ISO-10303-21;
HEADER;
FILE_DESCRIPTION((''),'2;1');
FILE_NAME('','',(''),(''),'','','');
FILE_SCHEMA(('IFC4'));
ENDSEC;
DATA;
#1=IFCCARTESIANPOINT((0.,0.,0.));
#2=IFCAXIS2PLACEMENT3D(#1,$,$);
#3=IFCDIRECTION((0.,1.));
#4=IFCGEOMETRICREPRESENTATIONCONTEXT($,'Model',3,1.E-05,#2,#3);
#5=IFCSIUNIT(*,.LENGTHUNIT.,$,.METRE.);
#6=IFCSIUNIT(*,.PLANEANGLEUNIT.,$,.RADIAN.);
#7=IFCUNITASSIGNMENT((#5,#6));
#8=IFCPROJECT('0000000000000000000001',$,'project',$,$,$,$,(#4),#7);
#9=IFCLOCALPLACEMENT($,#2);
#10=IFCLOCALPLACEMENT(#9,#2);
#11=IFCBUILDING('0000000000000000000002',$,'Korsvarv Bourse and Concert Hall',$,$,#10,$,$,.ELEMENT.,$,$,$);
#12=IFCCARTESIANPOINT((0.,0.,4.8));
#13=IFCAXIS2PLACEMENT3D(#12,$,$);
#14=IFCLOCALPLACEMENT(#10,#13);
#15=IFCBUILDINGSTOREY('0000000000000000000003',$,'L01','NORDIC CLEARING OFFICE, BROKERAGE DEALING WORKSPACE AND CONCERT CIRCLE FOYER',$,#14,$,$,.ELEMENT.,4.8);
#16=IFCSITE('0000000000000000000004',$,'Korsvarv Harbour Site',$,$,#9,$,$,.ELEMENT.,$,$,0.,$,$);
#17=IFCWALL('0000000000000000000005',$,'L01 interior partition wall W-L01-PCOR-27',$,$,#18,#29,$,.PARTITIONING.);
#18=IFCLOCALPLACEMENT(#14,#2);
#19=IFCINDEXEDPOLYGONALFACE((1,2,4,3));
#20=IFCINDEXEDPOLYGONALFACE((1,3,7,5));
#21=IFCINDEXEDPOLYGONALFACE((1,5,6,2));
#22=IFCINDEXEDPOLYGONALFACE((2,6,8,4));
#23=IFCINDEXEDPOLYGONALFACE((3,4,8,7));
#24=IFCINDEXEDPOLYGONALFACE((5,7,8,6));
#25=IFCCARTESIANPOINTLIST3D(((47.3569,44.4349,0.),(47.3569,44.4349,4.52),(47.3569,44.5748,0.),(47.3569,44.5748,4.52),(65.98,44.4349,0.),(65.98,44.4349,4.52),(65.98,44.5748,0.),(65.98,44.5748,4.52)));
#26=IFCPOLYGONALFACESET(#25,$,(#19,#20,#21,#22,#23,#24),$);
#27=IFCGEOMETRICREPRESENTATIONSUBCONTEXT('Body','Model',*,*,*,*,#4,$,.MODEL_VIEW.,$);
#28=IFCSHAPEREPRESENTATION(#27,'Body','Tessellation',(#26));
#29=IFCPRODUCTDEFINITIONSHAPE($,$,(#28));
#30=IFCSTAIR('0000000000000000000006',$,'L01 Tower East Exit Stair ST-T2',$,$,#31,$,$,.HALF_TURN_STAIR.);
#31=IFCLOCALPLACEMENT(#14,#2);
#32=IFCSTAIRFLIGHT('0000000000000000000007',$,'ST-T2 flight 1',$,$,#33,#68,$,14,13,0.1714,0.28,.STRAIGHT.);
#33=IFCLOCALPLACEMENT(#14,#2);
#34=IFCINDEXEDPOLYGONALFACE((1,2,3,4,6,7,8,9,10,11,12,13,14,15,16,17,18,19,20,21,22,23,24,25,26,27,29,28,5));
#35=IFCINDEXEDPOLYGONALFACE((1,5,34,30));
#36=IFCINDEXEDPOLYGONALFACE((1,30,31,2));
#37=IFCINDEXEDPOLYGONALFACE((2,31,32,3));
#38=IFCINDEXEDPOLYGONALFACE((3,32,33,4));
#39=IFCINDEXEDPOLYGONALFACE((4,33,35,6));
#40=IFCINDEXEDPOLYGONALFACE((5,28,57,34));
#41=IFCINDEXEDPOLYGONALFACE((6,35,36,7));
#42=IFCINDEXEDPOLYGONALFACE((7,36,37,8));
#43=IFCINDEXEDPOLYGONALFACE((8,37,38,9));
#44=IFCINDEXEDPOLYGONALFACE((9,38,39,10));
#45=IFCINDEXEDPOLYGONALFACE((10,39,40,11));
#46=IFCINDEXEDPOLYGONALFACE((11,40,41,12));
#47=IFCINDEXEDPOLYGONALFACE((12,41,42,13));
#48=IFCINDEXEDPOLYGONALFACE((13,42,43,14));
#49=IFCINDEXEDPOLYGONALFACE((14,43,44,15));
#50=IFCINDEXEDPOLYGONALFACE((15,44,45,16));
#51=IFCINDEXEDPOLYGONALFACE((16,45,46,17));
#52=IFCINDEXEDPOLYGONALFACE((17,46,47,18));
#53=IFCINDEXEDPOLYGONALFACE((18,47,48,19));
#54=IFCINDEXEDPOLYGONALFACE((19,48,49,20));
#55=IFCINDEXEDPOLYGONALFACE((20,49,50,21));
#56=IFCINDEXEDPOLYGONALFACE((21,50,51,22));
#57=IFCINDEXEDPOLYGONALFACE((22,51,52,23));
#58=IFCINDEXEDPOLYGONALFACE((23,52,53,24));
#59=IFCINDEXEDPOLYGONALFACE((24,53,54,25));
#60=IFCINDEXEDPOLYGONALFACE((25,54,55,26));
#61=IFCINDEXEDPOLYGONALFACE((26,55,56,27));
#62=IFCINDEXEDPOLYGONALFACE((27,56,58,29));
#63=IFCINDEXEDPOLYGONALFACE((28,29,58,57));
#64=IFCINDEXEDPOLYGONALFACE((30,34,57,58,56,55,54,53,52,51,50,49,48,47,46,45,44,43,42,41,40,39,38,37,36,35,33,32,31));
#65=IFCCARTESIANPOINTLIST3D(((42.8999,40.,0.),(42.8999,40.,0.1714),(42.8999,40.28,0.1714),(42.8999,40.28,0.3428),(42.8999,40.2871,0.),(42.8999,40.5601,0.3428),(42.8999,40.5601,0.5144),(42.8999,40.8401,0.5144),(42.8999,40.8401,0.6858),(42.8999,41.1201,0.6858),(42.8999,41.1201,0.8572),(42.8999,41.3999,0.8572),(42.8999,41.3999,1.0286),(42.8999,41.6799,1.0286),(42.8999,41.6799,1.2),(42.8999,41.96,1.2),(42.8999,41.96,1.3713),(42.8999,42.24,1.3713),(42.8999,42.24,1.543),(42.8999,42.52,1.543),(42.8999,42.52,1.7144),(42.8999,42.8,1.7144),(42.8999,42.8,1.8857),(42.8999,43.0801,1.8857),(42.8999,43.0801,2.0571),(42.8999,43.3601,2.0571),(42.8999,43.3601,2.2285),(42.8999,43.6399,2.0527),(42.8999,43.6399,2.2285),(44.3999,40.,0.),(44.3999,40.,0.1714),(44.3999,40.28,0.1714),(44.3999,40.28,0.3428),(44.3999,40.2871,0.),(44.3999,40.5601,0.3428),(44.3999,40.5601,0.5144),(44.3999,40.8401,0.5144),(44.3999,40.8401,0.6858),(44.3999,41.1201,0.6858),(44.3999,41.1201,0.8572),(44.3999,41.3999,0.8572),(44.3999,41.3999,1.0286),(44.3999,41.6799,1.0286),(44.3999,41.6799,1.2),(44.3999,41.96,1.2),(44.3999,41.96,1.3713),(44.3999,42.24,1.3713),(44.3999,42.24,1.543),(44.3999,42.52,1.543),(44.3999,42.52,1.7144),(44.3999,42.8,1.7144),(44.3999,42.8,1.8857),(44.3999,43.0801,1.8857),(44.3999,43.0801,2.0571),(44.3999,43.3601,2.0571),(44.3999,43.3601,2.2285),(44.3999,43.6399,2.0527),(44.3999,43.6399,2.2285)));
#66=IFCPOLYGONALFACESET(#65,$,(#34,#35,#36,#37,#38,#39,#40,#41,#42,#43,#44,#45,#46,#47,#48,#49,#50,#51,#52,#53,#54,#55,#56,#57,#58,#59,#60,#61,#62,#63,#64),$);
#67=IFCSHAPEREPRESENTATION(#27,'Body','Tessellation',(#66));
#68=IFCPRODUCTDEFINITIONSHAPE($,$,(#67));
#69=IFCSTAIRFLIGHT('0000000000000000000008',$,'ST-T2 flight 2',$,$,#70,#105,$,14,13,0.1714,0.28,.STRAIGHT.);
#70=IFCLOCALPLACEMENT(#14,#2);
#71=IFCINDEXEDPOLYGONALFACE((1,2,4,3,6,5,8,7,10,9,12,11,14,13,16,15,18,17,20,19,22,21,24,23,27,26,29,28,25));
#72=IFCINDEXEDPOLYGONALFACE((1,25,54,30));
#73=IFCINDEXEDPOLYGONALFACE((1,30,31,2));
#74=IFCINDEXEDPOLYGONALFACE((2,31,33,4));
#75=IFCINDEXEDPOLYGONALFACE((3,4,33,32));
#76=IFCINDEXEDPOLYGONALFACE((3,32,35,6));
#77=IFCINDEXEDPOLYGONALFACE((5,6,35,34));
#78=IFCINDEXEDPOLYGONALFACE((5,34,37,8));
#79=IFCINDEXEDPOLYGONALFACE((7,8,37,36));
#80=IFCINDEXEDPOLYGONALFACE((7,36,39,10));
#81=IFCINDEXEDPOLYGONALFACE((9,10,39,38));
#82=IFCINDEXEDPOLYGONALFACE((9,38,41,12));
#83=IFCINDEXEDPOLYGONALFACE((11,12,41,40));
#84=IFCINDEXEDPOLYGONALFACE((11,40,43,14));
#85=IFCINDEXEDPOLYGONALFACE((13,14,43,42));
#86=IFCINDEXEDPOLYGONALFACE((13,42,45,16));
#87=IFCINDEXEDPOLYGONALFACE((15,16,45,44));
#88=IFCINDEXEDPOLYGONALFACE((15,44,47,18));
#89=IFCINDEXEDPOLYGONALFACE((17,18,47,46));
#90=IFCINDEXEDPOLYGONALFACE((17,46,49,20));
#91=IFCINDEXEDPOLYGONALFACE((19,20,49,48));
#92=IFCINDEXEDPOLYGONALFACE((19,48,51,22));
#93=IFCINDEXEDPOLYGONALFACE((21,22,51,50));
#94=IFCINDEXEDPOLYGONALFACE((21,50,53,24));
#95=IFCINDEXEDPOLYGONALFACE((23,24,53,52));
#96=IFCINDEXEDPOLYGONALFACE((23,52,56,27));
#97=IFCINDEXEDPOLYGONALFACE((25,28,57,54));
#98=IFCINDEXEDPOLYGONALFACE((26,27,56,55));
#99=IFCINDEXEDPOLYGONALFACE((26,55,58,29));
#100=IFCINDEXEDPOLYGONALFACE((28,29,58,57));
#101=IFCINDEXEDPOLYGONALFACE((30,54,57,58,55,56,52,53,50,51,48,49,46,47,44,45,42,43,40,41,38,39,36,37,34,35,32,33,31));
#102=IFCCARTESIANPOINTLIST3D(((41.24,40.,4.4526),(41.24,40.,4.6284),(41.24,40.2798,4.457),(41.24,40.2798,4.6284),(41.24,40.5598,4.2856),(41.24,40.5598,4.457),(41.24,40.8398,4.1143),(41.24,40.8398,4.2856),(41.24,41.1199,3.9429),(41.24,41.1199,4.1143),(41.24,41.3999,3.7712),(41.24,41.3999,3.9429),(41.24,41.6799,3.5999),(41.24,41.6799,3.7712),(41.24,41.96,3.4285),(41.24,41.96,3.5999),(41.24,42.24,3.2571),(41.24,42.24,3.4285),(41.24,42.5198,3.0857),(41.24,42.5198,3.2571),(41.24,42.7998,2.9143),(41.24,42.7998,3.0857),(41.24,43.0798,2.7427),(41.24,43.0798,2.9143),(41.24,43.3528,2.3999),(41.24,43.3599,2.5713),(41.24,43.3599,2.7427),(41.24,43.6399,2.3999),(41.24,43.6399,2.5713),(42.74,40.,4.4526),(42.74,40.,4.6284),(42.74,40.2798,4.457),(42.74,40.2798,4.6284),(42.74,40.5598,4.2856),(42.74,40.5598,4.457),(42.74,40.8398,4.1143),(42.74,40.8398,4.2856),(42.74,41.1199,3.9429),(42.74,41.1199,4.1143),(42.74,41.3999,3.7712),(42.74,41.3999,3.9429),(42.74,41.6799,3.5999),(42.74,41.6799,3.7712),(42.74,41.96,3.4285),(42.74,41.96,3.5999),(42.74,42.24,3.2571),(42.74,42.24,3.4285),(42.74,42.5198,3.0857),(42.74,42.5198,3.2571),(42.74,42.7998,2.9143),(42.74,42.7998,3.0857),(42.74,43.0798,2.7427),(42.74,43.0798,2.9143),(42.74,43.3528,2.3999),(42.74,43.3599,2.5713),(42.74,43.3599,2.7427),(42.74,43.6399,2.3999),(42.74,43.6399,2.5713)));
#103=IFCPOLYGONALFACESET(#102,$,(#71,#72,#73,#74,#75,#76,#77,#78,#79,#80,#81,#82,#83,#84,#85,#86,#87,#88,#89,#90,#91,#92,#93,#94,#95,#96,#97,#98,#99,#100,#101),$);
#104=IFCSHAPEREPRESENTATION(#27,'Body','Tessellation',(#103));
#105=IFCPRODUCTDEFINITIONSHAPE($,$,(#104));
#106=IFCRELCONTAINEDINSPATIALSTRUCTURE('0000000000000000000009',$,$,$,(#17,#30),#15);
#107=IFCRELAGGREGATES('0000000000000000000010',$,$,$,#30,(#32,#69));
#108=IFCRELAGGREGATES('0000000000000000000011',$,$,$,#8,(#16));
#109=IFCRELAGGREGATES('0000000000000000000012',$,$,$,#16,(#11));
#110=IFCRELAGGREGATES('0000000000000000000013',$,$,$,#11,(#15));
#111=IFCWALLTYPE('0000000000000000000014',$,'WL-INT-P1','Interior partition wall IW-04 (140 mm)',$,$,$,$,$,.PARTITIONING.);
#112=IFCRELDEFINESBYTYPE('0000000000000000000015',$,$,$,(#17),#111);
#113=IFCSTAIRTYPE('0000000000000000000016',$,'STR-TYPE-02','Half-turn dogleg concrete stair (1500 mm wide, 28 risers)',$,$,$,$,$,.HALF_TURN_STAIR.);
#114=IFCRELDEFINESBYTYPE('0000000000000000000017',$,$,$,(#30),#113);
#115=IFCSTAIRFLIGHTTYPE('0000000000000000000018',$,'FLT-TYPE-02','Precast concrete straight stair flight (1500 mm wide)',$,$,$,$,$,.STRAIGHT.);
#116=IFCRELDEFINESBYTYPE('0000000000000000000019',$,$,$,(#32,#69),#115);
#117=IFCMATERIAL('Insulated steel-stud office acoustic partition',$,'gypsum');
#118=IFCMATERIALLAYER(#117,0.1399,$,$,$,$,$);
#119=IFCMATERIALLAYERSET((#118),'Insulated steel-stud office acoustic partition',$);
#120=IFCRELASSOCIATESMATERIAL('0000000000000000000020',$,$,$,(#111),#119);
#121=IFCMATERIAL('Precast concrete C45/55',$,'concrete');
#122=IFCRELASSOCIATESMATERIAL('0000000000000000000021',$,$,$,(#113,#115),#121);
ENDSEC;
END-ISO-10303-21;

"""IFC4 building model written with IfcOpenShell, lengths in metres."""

from ifc_helpers import new_model, si_unit, direction, frame, frame_2d, origin, place, context, subcontext, project, spatial, polyline, rectangle, outline, extrude, material, layer, layer_set, type_object, element, aggregate, save


model = new_model("IFC4")

# Units and contexts
model_context = context("Model", 3, precision=1e-05, world=origin(), true_north=direction((0.0, 1.0)))
body_context = subcontext(model_context, "Body", "Model", "MODEL_VIEW")
ifc_project = project(units=[si_unit("LENGTHUNIT", "METRE"), si_unit("PLANEANGLEUNIT", "RADIAN")], contexts=[model_context])

# Site, building, storey
site_placement = place(None, origin())
site = spatial("IfcSite", under=ifc_project, at=site_placement, Name="Korsvarv Harbour Site", CompositionType="ELEMENT", RefElevation=0.0)
building_placement = place(site_placement, origin())
building = spatial("IfcBuilding", under=site, at=building_placement, Name="Korsvarv Bourse and Concert Hall", CompositionType="ELEMENT")
storey_placement = place(building_placement, frame((0.0, 0.0, 4.8)))
storey = spatial("IfcBuildingStorey", under=building, at=storey_placement, Name="L01", Description="NORDIC CLEARING OFFICE, BROKERAGE DEALING WORKSPACE AND CONCERT CIRCLE FOYER", CompositionType="ELEMENT", Elevation=4.8)

# Wall
ifc_material_1 = material(Name="Insulated steel-stud office acoustic partition", Category="gypsum")
ifc_layer_1 = layer(ifc_material_1, 0.1399)
ifc_layer_set_1 = layer_set([ifc_layer_1], Name="Insulated steel-stud office acoustic partition")
wall_type_1 = type_object("IfcWallType", Name="WL-INT-P1", Description="Interior partition wall IW-04 (140 mm)", PredefinedType="PARTITIONING", material=ifc_layer_set_1)
wall_1_placement = place(storey_placement, frame((47.3569, 44.5049, 0.0), z_axis=(0.0, 0.0, 1.0), x_axis=(1.0, 0.0, 0.0)))
element("IfcWall", 1, at=wall_1_placement, inside=storey, type_object=wall_type_1, Name="L01 interior partition wall W-L01-PCOR-27", PredefinedType="PARTITIONING", context=body_context, shape_type="SweptSolid", body=[
    extrude(rectangle(XDim=18.623, YDim=0.1399, at=frame_2d((9.3115, 0.0))), origin(), (0.0, 0.0, 1.0), 4.52),
])

# Stair, stair flights
ifc_material_2 = material(Name="Precast concrete C45/55", Category="concrete")
stair_type = type_object("IfcStairType", Name="STR-TYPE-02", Description="Half-turn dogleg concrete stair (1500 mm wide, 28 risers)", PredefinedType="HALF_TURN_STAIR", material=ifc_material_2)
stair_placement = place(storey_placement, origin())
stair = element("IfcStair", 2, at=stair_placement, inside=storey, type_object=stair_type, Name="L01 Tower East Exit Stair ST-T2", PredefinedType="HALF_TURN_STAIR")
stair_flight_type = type_object("IfcStairFlightType", Name="FLT-TYPE-02", Description="Precast concrete straight stair flight (1500 mm wide)", PredefinedType="STRAIGHT", material=ifc_material_2)
stair_flight_1_placement = place(storey_placement, frame((43.6499, 40.0, 0.0), z_axis=(0.0, 0.0, 1.0), x_axis=(0.0, 1.0, 0.0)))
stair_flight_1 = element("IfcStairFlight", 3, at=stair_flight_1_placement, type_object=stair_flight_type, Name="ST-T2 flight 1", NumberOfRisers=14, NumberOfTreads=13, PredefinedType="STRAIGHT", RiserHeight=0.1714, TreadLength=0.28, context=body_context, shape_type="SweptSolid", body=[
    extrude(outline(polyline([(0.0, 0.0), (0.0, 0.1714), (0.28, 0.1714), (0.28, 0.3428), (0.5601, 0.3428), (0.5601, 0.5144), (0.8401, 0.5144), (0.8401, 0.6858), (1.1201, 0.6858), (1.1201, 0.8572), (1.3999, 0.8572), (1.3999, 1.0286), (1.6799, 1.0286), (1.6799, 1.2), (1.96, 1.2), (1.96, 1.3713), (2.24, 1.3713), (2.24, 1.543), (2.52, 1.543), (2.52, 1.7144), (2.8, 1.7144), (2.8, 1.8857), (3.0801, 1.8857), (3.0801, 2.0571), (3.3601, 2.0571), (3.3601, 2.2285), (3.6399, 2.2285), (3.6399, 2.3999), (3.6399, 2.0527), (0.2871, 0.0), (0.0, 0.0)])), frame((0.0, 0.75, 0.0), z_axis=(0.0, -1.0, 0.0), x_axis=(1.0, 0.0, 0.0)), (0.0, 0.0, 1.0), 1.5),
])
stair_flight_2_placement = place(storey_placement, frame((41.99, 43.6399, 2.3999), z_axis=(0.0, 0.0, 1.0), x_axis=(0.0, -1.0, 0.0)))
stair_flight_2 = element("IfcStairFlight", 4, at=stair_flight_2_placement, type_object=stair_flight_type, Name="ST-T2 flight 2", NumberOfRisers=14, NumberOfTreads=13, PredefinedType="STRAIGHT", RiserHeight=0.1714, TreadLength=0.28, context=body_context, shape_type="SweptSolid", body=[
    extrude(outline(polyline([(0.0, 0.0), (0.0, 0.1714), (0.28, 0.1714), (0.28, 0.3428), (0.5601, 0.3428), (0.5601, 0.5144), (0.8401, 0.5144), (0.8401, 0.6858), (1.1201, 0.6858), (1.1201, 0.8572), (1.3999, 0.8572), (1.3999, 1.0286), (1.6799, 1.0286), (1.6799, 1.2), (1.96, 1.2), (1.96, 1.3713), (2.24, 1.3713), (2.24, 1.543), (2.52, 1.543), (2.52, 1.7144), (2.8, 1.7144), (2.8, 1.8857), (3.0801, 1.8857), (3.0801, 2.0571), (3.3601, 2.0571), (3.3601, 2.2285), (3.6399, 2.2285), (3.6399, 2.3999), (3.6399, 2.0527), (0.2871, 0.0), (0.0, 0.0)])), frame((0.0, 0.75, 0.0), z_axis=(0.0, -1.0, 0.0), x_axis=(1.0, 0.0, 0.0)), (0.0, 0.0, 1.0), 1.5),
])
aggregate(stair, [stair_flight_1, stair_flight_2])

save(model, "model.ifc")
